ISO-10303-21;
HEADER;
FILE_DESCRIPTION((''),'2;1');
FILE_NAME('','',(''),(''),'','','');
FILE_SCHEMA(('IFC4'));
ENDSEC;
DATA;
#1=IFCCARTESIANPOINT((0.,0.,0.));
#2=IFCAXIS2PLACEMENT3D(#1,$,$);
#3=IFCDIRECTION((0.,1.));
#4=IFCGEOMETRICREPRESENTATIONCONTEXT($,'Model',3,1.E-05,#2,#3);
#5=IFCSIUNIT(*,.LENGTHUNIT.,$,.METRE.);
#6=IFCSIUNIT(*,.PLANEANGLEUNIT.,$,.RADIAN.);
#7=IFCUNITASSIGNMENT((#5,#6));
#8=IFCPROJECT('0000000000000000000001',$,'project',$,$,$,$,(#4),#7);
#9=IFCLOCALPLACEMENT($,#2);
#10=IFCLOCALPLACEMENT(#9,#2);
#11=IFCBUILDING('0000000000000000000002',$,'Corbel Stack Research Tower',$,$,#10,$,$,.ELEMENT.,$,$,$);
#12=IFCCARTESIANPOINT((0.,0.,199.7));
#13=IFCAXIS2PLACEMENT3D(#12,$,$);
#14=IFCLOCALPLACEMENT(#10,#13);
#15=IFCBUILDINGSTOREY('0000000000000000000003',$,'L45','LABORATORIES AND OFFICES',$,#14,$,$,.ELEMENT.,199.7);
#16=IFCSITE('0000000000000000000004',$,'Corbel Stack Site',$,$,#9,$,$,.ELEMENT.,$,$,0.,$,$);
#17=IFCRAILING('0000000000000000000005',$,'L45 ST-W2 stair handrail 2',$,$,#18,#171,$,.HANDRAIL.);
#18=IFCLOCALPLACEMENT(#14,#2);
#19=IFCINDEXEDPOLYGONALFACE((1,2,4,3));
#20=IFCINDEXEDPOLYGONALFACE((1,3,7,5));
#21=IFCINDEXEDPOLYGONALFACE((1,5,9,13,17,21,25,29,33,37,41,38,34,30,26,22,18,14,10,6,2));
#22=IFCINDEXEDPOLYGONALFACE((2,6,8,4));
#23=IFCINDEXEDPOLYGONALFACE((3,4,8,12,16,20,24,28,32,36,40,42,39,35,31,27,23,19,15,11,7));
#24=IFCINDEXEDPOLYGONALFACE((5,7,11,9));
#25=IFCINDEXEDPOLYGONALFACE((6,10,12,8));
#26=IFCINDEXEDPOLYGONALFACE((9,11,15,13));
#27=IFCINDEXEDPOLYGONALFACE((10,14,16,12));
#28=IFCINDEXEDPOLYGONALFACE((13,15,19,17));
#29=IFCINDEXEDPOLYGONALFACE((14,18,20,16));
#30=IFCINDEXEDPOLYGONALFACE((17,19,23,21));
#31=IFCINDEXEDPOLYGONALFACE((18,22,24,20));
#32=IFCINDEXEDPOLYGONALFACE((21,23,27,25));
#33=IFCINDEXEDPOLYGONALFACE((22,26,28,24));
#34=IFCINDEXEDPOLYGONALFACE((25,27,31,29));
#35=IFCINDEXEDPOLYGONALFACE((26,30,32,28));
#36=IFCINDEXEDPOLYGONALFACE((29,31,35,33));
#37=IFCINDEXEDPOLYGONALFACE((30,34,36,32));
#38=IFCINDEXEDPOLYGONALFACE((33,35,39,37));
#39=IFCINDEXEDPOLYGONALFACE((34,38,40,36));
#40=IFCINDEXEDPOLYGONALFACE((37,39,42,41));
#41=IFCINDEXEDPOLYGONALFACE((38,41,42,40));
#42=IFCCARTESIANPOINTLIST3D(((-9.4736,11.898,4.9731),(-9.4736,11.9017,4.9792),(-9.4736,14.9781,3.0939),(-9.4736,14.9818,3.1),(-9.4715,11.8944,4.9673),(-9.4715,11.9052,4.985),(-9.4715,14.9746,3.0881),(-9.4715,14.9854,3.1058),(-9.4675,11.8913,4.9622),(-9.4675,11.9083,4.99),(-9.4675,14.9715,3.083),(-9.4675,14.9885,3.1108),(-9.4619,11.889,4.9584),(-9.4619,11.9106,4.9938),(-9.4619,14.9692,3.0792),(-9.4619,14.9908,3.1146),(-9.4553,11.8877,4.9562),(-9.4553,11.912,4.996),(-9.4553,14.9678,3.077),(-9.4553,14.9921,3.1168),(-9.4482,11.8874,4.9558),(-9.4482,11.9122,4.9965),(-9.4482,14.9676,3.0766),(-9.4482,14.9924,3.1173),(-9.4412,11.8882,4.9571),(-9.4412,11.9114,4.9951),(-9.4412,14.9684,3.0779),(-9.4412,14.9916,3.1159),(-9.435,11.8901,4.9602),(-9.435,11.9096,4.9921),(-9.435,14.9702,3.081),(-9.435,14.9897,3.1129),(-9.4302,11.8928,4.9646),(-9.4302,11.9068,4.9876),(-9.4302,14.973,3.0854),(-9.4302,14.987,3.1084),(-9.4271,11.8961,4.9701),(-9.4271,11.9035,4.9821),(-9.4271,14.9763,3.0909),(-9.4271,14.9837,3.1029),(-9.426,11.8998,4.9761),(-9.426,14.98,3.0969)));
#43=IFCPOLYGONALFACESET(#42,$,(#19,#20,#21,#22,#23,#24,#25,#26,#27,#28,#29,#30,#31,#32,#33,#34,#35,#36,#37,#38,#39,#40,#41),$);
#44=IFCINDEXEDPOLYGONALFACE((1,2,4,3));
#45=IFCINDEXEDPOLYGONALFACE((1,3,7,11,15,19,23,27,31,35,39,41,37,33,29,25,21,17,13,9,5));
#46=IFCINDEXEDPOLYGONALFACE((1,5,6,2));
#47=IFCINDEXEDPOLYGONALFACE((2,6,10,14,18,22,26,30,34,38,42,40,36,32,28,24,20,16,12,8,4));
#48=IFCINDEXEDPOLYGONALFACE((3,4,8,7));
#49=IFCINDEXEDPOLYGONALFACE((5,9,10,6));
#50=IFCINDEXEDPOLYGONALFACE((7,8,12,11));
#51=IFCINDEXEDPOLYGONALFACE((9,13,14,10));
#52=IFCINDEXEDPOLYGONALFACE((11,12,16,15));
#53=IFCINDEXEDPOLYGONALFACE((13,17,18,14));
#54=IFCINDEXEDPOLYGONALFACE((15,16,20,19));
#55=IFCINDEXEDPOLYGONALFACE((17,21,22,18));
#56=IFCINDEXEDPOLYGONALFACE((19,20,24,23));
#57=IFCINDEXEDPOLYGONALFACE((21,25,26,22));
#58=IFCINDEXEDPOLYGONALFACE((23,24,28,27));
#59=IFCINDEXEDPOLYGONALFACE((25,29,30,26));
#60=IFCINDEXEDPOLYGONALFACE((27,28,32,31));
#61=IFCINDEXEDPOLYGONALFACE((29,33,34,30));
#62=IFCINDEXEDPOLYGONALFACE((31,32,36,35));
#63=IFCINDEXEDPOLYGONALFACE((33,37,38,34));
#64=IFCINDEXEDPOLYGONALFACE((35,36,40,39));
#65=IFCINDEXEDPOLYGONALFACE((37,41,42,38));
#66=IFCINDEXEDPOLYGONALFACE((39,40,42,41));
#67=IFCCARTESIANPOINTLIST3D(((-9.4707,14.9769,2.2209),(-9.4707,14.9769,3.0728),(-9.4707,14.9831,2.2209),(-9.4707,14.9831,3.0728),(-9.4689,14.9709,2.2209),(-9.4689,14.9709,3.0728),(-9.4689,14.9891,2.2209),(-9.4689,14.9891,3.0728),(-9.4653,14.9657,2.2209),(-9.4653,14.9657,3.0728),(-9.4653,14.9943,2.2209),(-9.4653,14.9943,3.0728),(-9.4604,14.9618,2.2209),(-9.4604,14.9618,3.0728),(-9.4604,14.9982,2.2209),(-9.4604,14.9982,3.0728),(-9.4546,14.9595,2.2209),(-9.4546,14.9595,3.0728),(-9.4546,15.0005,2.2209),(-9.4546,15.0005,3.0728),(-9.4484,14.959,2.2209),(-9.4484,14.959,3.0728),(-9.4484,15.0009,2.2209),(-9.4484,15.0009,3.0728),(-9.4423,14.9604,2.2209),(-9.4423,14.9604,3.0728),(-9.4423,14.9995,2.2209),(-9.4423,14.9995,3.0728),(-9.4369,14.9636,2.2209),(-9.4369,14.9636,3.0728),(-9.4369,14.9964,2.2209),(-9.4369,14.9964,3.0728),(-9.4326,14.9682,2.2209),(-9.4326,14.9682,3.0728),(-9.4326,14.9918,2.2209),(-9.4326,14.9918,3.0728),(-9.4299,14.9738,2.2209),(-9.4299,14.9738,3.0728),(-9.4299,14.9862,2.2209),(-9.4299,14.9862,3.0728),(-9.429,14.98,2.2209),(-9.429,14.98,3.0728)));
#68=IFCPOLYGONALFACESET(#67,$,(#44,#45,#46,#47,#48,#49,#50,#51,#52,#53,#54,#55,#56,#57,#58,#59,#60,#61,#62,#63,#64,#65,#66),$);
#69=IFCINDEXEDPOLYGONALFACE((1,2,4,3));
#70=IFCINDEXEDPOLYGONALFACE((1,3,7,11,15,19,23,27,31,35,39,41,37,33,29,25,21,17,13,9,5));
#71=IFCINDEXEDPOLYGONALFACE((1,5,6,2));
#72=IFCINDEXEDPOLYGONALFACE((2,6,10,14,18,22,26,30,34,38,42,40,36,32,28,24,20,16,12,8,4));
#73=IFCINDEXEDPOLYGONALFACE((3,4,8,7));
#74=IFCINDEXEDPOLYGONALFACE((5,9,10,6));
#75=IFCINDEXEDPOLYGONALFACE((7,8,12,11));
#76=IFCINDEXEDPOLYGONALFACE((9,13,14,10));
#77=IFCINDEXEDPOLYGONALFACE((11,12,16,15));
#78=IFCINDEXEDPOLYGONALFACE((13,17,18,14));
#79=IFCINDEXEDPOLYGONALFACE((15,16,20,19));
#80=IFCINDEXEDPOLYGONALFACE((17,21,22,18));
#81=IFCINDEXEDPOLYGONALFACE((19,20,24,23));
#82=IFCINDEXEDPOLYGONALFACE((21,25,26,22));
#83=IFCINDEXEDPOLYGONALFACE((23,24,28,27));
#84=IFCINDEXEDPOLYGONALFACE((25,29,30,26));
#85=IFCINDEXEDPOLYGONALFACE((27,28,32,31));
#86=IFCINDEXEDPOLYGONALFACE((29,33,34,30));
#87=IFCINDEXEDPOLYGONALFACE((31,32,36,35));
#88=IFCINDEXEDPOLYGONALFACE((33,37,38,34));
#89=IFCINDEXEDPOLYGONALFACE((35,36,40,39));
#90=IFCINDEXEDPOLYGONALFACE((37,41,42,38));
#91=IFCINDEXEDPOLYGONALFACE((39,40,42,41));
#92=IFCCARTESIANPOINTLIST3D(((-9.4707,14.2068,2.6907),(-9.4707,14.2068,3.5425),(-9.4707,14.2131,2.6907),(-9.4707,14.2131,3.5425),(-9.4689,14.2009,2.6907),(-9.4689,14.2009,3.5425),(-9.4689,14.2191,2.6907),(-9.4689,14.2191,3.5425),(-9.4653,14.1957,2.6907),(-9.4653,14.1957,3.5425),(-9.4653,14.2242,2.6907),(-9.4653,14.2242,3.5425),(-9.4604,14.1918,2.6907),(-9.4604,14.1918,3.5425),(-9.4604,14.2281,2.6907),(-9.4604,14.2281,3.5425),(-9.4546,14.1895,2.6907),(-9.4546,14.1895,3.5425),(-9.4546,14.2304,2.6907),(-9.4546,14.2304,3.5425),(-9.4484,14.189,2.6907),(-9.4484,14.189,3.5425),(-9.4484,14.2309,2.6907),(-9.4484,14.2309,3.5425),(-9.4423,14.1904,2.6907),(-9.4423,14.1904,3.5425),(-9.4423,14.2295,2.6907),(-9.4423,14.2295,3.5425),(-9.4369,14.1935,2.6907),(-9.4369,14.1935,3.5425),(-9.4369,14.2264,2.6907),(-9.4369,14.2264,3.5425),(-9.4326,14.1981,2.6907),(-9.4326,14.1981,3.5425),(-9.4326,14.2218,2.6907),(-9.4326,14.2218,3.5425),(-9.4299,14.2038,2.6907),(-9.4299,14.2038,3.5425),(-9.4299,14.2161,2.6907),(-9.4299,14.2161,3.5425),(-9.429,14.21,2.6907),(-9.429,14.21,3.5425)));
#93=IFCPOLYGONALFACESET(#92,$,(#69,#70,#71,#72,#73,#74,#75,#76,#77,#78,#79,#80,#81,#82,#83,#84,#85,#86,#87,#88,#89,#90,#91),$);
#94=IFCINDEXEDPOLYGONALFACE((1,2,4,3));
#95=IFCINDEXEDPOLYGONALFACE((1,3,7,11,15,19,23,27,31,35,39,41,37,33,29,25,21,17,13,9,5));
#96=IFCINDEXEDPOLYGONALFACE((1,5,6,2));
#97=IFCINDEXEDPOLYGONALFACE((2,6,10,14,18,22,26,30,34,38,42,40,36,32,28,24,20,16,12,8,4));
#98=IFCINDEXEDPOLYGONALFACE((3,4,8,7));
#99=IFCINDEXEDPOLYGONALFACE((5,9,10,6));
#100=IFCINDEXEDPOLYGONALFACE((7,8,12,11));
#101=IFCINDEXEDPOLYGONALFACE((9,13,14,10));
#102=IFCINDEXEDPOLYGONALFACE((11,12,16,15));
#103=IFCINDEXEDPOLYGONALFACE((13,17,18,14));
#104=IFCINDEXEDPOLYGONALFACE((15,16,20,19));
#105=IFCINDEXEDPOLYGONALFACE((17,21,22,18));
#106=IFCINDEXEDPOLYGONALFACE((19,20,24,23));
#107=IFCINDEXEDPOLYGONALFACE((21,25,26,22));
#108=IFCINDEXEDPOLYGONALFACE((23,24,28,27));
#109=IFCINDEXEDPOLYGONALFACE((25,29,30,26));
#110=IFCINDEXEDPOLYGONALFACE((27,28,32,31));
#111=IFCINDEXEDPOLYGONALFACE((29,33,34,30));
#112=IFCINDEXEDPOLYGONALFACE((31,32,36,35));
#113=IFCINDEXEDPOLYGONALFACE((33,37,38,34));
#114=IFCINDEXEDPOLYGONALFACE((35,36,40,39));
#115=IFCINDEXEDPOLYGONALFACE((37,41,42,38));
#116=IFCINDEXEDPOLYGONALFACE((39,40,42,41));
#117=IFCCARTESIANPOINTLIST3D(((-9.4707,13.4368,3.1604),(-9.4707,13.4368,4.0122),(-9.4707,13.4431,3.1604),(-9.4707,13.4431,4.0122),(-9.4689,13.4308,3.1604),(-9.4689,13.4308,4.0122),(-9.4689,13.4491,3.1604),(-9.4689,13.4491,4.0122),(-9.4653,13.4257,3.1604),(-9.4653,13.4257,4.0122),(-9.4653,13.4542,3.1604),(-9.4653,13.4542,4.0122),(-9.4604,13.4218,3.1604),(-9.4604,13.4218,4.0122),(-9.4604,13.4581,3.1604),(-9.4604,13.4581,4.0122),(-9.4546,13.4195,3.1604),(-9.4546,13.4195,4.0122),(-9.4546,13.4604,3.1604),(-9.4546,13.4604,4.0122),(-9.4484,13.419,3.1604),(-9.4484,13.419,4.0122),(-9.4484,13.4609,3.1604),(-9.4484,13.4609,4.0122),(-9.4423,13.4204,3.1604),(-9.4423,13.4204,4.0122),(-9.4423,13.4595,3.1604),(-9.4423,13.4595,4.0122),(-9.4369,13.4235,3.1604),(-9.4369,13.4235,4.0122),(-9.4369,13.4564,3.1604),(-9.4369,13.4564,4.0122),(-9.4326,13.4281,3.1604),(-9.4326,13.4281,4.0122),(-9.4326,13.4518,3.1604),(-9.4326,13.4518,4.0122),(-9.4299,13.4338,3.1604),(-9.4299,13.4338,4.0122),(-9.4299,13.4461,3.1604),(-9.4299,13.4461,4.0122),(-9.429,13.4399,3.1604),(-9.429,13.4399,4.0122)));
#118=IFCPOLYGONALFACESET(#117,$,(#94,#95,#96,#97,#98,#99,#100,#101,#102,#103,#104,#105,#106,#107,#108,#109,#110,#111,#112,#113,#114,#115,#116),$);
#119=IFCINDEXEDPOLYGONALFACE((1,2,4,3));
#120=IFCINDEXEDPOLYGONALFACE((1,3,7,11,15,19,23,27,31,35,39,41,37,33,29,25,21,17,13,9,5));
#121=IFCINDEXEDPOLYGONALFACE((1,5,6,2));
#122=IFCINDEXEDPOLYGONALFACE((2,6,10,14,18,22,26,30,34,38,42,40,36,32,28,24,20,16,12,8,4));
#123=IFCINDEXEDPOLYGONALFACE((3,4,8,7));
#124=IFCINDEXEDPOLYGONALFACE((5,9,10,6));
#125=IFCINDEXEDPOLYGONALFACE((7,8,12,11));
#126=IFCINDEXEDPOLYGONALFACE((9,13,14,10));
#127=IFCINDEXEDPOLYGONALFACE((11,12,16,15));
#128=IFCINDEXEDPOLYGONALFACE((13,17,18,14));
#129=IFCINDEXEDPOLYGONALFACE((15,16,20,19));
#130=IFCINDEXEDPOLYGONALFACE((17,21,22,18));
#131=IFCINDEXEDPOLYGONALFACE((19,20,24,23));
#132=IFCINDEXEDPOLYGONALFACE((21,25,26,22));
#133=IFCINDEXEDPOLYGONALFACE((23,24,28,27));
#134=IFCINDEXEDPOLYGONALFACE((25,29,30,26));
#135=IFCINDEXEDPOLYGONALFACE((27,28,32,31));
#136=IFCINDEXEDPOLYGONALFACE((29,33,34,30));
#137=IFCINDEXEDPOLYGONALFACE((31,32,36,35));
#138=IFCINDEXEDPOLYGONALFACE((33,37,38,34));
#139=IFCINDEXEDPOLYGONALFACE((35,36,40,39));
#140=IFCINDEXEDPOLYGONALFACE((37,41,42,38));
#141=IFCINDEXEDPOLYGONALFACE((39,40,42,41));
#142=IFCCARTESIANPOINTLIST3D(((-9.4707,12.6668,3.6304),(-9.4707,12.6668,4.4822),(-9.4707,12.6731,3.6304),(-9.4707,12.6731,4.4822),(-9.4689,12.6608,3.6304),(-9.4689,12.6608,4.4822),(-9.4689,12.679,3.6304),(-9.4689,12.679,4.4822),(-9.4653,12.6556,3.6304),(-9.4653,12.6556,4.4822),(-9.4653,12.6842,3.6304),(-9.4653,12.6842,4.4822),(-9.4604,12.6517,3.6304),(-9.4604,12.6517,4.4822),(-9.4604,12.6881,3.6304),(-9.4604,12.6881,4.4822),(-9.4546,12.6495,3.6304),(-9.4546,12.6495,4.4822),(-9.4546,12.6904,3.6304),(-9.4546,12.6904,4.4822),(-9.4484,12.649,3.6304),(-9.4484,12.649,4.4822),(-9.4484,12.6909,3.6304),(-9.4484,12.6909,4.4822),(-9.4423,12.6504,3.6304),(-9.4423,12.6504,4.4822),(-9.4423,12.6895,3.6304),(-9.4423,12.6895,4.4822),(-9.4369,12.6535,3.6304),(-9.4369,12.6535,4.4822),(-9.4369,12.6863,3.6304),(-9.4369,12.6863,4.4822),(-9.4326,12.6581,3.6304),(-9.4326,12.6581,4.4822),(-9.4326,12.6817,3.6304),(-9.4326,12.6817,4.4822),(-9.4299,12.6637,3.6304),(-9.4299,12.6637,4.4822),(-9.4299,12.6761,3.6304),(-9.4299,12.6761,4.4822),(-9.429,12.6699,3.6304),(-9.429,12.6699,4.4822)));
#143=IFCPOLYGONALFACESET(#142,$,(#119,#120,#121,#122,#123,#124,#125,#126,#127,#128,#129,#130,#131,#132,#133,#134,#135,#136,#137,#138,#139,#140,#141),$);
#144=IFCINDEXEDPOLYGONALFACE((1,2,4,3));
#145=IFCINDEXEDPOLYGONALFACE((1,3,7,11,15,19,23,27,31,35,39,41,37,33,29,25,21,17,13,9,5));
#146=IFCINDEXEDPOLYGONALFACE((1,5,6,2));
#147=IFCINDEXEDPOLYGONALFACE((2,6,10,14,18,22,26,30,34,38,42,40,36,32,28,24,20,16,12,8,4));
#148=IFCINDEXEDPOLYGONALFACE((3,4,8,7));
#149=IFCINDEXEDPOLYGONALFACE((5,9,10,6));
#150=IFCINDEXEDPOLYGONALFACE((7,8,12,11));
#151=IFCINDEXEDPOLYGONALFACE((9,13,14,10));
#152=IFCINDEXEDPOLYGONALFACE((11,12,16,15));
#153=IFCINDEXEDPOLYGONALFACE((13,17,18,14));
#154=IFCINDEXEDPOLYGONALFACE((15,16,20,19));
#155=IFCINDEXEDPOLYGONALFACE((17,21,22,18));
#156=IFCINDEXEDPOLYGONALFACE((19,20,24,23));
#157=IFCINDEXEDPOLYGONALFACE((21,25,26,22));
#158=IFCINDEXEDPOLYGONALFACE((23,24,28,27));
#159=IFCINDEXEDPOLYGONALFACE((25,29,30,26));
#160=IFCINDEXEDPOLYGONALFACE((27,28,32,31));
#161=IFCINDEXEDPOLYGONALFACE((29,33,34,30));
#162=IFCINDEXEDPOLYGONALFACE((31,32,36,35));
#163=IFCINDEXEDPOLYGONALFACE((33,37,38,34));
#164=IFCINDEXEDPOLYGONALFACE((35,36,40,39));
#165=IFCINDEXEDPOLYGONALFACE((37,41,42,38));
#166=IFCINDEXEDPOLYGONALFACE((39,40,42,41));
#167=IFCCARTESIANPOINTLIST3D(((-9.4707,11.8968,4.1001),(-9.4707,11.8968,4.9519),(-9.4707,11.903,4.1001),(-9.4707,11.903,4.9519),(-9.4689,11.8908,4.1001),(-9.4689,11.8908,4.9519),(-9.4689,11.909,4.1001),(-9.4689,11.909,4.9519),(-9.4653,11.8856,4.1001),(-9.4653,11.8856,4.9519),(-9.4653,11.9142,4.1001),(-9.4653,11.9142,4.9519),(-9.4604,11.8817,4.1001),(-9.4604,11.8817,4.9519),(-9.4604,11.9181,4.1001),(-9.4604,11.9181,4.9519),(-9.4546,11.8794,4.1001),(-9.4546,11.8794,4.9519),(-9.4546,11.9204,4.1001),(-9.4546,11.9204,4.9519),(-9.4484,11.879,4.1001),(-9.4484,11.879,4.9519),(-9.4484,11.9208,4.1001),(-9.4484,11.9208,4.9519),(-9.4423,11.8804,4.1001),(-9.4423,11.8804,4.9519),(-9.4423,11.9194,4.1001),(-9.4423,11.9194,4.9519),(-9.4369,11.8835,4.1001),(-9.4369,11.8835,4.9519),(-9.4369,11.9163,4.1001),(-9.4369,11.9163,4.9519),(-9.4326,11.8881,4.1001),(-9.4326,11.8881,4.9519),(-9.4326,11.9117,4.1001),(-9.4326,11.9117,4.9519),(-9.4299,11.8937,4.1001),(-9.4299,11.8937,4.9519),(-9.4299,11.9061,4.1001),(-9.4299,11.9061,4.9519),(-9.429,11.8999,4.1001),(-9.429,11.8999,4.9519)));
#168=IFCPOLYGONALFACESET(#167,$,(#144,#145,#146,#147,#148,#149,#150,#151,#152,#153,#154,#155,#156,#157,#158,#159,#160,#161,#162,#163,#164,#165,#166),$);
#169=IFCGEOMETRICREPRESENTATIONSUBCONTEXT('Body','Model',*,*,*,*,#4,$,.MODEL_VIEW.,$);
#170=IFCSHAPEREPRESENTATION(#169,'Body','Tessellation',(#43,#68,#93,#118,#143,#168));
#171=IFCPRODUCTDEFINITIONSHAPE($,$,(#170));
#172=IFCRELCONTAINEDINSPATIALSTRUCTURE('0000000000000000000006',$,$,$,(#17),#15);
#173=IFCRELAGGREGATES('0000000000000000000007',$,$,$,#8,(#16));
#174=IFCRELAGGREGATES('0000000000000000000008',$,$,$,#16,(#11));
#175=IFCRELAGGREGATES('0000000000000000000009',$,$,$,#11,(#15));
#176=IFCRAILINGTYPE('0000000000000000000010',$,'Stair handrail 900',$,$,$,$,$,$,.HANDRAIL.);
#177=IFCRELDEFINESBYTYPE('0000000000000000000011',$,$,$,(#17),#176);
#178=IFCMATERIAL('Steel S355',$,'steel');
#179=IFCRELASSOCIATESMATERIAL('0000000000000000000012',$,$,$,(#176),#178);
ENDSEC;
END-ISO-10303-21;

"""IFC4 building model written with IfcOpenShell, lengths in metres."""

from ifc_helpers import new_model, si_unit, direction, frame, origin, origin_2d, place, context, subcontext, project, spatial, circle, extrude, material, type_object, element, save


model = new_model("IFC4")

# Units and contexts
model_context = context("Model", 3, precision=1e-05, world=origin(), true_north=direction((0.0, 1.0)))
body_context = subcontext(model_context, "Body", "Model", "MODEL_VIEW")
ifc_project = project(units=[si_unit("LENGTHUNIT", "METRE"), si_unit("PLANEANGLEUNIT", "RADIAN")], contexts=[model_context])

# Site, building, storey
site_placement = place(None, origin())
site = spatial("IfcSite", under=ifc_project, at=site_placement, Name="Corbel Stack Site", CompositionType="ELEMENT", RefElevation=0.0)
building_placement = place(site_placement, origin())
building = spatial("IfcBuilding", under=site, at=building_placement, Name="Corbel Stack Research Tower", CompositionType="ELEMENT")
storey_placement = place(building_placement, frame((0.0, 0.0, 199.7)))
storey = spatial("IfcBuildingStorey", under=building, at=storey_placement, Name="L45", Description="LABORATORIES AND OFFICES", CompositionType="ELEMENT", Elevation=199.7)

# Railing
ifc_material_1 = material(Name="Steel S355", Category="steel")
railing_type_1 = type_object("IfcRailingType", Name="Stair handrail 900", PredefinedType="HANDRAIL", material=ifc_material_1)
railing_1_placement = place(storey_placement, frame((-9.45, 14.98, 2.2209)))
element("IfcRailing", 1, at=railing_1_placement, inside=storey, type_object=railing_type_1, Name="L45 ST-W2 stair handrail 2", PredefinedType="HANDRAIL", context=body_context, shape_type="SweptSolid", body=[
    extrude(circle(Radius=0.0239, at=origin_2d()), frame((0.0, 0.0, 0.876), z_axis=(0.0, -0.853666, 0.52082), x_axis=(1.0, 0.0, 0.0)), (0.0, 0.0, 1.0), 3.6082),
    extrude(circle(Radius=0.021, at=origin_2d()), origin(), (0.0, 0.0, 1.0), 0.8518),
    extrude(circle(Radius=0.021, at=origin_2d()), frame((0.0, -0.77, 0.4697)), (0.0, 0.0, 1.0), 0.8518),
    extrude(circle(Radius=0.021, at=origin_2d()), frame((0.0, -1.54, 0.9395)), (0.0, 0.0, 1.0), 0.8518),
    extrude(circle(Radius=0.021, at=origin_2d()), frame((0.0, -2.3101, 1.4094)), (0.0, 0.0, 1.0), 0.8518),
    extrude(circle(Radius=0.021, at=origin_2d()), frame((0.0, -3.0801, 1.8792)), (0.0, 0.0, 1.0), 0.8518),
])

save(model, "model.ifc")
